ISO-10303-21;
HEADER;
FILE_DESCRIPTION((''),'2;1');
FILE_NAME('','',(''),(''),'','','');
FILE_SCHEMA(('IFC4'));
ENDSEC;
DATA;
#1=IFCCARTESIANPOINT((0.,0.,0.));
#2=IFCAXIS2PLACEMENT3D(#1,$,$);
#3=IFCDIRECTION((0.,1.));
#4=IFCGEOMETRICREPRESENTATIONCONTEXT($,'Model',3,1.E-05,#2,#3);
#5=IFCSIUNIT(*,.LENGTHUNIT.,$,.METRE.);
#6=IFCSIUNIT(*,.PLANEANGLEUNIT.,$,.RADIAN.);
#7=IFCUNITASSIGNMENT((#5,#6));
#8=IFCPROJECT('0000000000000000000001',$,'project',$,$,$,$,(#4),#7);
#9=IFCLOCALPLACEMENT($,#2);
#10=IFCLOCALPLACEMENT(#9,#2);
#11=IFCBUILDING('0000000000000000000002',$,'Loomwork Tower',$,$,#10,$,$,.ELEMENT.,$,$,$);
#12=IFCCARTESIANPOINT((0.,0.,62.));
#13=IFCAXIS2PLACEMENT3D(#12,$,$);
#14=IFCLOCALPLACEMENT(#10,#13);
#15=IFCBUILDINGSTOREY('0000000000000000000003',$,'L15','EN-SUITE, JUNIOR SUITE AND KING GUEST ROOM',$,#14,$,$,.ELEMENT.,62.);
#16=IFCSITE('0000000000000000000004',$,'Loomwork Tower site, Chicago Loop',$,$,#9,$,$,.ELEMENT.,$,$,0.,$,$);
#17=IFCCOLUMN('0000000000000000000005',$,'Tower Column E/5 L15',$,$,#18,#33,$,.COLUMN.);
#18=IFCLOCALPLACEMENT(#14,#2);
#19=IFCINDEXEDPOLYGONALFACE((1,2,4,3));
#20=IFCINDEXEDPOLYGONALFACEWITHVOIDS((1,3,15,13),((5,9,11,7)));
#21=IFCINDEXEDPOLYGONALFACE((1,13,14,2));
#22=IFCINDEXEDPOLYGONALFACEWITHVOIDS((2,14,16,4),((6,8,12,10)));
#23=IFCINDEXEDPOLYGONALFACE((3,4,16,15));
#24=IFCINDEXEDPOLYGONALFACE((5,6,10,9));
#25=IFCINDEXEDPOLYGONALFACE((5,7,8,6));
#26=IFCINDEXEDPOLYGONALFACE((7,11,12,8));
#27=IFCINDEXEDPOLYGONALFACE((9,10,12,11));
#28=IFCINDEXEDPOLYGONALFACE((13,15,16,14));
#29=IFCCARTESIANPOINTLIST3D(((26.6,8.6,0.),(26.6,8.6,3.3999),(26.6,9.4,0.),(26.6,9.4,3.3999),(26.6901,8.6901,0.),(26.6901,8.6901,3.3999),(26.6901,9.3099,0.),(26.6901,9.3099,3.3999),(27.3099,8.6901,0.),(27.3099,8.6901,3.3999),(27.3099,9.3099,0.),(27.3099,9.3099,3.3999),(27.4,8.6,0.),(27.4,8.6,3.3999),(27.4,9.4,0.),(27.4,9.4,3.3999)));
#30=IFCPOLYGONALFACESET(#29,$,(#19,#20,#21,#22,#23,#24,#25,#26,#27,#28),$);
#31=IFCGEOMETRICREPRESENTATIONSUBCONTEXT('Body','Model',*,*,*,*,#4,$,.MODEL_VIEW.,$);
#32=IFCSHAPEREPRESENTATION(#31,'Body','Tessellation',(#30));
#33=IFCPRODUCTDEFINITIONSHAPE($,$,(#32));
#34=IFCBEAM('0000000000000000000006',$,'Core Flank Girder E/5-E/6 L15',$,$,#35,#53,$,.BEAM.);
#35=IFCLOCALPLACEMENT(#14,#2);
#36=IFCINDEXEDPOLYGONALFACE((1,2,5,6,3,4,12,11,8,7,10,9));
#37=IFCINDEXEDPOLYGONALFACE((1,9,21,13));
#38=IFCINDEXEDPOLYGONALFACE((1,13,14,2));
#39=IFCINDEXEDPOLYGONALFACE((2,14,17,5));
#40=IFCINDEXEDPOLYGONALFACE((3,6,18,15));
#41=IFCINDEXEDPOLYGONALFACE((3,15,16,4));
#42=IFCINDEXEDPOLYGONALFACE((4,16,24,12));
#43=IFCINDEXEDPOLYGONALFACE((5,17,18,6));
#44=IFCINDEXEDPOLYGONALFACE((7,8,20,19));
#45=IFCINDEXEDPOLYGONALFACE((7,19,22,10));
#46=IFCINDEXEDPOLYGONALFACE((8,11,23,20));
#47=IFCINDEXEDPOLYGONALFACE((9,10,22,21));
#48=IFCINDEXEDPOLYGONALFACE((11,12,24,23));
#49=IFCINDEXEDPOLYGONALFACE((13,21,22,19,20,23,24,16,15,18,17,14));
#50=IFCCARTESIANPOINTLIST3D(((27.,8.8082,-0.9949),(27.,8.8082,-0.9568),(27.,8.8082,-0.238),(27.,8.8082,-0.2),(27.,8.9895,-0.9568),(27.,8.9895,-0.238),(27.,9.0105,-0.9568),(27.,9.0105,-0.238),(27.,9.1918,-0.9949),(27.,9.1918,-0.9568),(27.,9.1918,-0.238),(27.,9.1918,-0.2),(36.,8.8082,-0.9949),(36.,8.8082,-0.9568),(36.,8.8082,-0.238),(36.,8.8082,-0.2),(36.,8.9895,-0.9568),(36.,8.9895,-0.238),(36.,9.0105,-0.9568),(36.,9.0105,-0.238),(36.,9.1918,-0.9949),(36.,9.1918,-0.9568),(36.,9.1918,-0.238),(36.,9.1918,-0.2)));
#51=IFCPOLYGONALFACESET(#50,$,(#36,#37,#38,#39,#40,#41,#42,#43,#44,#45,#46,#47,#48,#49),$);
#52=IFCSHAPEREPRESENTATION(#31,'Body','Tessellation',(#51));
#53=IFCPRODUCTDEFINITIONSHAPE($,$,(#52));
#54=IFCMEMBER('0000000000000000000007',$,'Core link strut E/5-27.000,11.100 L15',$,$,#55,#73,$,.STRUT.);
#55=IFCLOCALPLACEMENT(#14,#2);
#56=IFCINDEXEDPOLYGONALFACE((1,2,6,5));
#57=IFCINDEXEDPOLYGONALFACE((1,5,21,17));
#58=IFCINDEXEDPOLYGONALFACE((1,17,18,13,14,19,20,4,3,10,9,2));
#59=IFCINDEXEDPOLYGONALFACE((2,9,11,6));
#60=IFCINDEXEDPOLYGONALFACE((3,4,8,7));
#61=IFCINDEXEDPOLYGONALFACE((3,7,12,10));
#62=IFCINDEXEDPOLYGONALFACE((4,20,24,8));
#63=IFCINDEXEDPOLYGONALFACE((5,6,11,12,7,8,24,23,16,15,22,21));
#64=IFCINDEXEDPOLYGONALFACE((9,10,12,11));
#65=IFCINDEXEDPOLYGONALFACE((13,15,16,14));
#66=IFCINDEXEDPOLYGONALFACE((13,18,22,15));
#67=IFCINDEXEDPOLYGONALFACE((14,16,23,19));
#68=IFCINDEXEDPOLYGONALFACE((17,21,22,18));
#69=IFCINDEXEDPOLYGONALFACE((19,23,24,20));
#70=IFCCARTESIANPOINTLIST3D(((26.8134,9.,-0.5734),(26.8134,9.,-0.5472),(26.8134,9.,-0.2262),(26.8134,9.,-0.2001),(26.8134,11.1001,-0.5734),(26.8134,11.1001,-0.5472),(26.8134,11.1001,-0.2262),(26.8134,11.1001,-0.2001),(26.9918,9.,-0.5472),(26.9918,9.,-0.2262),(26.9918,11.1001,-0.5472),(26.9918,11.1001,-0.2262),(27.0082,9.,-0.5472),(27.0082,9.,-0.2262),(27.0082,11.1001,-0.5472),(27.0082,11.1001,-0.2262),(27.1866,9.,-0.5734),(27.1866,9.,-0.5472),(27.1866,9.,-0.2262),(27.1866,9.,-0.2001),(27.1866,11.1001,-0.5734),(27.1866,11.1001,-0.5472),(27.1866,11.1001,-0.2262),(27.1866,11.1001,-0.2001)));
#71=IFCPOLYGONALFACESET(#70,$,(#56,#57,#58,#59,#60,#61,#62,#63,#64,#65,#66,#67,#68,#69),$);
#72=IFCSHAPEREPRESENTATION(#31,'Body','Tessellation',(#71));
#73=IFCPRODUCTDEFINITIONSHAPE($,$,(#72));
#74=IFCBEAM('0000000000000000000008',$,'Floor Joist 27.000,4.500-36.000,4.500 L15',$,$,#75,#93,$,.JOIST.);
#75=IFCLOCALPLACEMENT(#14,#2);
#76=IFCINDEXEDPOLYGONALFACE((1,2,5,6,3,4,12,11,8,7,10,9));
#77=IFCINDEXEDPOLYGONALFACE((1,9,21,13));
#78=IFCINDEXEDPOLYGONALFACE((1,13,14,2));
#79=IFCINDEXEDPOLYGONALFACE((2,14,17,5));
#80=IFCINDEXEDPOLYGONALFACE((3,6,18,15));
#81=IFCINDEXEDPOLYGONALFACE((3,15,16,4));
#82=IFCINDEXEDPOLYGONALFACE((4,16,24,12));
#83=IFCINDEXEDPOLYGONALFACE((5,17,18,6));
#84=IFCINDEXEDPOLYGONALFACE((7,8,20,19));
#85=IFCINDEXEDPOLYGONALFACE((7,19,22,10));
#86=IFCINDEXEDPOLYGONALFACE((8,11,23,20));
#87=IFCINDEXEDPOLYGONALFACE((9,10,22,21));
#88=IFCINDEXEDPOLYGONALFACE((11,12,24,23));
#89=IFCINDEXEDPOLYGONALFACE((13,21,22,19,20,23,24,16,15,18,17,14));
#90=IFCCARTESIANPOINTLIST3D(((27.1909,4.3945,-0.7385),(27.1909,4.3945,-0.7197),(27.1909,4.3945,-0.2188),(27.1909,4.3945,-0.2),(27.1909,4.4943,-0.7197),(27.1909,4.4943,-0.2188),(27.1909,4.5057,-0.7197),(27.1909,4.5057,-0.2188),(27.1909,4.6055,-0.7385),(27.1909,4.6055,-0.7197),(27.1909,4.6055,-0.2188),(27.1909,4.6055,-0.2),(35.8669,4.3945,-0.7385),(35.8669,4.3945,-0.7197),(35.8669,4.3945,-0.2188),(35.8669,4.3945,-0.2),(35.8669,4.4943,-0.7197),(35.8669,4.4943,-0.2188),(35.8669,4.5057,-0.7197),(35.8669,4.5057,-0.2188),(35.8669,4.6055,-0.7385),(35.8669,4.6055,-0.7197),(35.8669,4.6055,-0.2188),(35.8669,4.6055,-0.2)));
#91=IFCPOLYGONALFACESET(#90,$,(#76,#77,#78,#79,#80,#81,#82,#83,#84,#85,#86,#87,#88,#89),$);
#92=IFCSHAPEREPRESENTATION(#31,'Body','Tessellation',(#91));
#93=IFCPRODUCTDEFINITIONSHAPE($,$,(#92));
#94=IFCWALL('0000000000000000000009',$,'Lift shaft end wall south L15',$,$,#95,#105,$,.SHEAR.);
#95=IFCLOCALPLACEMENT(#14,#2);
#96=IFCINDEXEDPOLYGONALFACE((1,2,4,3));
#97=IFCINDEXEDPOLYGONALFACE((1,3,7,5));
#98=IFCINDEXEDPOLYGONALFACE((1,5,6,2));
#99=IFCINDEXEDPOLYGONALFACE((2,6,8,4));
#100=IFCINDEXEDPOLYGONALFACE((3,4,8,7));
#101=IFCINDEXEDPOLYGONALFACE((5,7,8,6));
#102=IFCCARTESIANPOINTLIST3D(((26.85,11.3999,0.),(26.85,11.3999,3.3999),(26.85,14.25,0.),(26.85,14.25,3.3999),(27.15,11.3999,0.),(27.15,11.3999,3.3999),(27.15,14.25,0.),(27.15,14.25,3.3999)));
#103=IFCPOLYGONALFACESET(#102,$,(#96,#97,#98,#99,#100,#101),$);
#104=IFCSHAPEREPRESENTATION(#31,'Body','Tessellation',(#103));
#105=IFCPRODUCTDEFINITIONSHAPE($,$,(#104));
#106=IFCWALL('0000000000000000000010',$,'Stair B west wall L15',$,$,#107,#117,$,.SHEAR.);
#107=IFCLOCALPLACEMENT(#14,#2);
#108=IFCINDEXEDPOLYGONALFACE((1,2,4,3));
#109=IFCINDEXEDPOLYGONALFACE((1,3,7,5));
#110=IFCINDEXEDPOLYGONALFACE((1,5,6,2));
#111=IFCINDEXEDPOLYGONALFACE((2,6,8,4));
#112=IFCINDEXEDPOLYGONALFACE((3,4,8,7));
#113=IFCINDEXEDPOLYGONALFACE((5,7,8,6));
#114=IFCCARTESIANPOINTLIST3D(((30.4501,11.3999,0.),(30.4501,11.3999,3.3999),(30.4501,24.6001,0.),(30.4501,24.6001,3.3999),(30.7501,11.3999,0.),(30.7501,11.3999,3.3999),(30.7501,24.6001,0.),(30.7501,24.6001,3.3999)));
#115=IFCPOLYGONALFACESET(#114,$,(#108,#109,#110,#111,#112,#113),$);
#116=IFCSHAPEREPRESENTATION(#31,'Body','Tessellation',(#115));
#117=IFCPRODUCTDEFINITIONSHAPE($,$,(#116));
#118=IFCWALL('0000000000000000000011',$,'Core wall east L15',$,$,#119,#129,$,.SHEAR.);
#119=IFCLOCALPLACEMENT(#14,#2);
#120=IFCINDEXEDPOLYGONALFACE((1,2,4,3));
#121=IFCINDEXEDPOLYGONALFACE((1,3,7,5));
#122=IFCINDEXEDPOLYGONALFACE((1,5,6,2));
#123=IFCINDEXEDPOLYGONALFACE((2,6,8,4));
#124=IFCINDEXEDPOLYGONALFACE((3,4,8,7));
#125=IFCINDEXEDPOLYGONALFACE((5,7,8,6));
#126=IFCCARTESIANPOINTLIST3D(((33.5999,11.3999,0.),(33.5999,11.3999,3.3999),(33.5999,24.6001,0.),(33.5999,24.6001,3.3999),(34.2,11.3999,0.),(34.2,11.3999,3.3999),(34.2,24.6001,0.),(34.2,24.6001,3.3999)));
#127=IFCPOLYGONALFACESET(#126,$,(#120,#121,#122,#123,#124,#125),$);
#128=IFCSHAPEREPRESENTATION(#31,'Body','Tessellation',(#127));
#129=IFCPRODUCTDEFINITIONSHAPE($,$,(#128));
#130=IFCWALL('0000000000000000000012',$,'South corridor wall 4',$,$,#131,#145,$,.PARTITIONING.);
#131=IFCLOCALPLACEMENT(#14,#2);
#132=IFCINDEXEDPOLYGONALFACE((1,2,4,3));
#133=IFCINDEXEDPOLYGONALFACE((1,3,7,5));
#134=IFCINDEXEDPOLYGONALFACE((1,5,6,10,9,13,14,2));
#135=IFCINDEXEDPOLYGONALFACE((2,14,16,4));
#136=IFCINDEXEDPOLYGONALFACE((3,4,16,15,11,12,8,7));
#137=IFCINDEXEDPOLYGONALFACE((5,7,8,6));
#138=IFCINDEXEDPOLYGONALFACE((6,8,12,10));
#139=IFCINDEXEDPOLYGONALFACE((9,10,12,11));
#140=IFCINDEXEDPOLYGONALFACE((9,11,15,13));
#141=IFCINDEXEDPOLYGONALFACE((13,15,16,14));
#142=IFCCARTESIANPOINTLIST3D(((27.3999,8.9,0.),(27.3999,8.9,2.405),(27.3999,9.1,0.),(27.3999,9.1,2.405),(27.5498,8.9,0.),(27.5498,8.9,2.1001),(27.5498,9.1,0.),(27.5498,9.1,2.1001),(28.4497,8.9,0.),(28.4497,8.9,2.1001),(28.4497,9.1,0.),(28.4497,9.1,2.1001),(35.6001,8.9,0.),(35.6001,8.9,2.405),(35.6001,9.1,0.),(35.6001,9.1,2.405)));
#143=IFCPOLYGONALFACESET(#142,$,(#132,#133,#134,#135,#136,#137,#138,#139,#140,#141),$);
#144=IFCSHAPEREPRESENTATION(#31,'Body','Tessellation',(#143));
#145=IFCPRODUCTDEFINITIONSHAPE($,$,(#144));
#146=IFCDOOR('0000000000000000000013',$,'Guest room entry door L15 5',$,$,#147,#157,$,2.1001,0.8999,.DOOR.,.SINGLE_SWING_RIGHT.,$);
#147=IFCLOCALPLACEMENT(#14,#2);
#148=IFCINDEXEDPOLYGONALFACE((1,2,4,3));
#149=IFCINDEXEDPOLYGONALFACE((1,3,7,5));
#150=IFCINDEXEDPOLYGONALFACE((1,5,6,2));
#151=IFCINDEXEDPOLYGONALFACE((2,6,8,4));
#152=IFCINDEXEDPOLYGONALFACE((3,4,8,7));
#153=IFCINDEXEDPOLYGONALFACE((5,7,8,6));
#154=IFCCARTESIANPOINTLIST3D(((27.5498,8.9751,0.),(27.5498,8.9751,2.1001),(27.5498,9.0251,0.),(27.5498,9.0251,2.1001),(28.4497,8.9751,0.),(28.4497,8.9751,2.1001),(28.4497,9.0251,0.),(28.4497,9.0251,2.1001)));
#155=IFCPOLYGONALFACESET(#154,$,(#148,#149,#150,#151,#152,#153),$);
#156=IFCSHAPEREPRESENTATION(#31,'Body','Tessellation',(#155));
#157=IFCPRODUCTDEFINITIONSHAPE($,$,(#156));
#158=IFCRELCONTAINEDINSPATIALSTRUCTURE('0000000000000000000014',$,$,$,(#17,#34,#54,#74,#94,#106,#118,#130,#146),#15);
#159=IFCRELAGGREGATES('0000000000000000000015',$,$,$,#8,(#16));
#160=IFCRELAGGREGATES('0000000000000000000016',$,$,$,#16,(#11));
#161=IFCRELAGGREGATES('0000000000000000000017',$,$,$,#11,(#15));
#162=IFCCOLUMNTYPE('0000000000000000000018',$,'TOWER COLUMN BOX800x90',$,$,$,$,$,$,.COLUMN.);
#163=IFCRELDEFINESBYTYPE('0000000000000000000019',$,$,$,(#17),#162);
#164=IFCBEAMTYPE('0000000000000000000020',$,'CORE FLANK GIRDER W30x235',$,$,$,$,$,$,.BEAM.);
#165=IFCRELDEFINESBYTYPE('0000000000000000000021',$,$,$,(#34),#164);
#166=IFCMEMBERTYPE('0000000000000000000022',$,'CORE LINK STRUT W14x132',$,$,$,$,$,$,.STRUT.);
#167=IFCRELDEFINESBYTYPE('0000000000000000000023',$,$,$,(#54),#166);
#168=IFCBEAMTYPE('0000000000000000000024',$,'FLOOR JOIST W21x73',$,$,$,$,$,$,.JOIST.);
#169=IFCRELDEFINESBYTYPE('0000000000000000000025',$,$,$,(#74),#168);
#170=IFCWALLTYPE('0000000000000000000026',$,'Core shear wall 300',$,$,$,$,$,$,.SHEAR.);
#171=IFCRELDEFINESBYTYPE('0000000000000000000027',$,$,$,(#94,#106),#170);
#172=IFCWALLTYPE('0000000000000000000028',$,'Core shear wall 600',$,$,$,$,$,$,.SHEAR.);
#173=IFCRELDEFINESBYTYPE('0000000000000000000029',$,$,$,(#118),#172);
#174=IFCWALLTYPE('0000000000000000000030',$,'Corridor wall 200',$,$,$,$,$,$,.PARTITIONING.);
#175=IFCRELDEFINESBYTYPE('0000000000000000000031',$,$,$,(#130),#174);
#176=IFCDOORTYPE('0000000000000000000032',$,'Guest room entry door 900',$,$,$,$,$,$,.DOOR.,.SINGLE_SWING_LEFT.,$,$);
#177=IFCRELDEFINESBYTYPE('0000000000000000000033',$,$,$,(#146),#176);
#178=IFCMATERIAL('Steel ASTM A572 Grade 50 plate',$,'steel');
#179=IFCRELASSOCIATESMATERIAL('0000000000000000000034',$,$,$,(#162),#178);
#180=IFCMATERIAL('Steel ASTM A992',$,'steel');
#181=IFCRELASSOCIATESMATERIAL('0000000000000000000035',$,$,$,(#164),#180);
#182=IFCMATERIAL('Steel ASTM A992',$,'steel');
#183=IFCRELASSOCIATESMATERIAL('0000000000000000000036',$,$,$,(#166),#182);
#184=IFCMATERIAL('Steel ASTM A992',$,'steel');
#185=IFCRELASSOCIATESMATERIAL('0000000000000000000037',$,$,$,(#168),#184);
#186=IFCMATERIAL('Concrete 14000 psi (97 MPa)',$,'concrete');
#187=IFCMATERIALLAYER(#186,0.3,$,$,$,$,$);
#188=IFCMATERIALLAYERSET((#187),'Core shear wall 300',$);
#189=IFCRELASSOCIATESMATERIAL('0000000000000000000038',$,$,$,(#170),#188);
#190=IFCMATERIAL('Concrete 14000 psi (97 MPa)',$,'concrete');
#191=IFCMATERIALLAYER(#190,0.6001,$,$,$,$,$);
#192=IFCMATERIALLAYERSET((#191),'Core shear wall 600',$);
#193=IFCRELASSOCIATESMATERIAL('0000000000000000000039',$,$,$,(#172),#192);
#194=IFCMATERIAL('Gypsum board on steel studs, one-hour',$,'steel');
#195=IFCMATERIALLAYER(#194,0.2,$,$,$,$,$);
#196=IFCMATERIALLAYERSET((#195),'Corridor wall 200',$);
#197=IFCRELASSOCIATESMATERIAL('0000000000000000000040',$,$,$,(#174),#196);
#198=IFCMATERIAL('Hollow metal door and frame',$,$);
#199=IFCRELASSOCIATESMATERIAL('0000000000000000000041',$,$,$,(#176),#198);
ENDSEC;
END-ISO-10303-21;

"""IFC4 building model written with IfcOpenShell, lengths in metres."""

from ifc_helpers import new_model, si_unit, direction, frame, frame_2d, origin, origin_2d, place, context, subcontext, project, spatial, rectangle, hollow_rectangle, i_section, extrude, material, layer, layer_set, material_profile, profile_set, type_object, element, fill, save


model = new_model("IFC4")

# Units and contexts
model_context = context("Model", 3, precision=1e-05, world=origin(), true_north=direction((0.0, 1.0)))
body_context = subcontext(model_context, "Body", "Model", "MODEL_VIEW")
ifc_project = project(units=[si_unit("LENGTHUNIT", "METRE"), si_unit("PLANEANGLEUNIT", "RADIAN")], contexts=[model_context])

# Site, building, storey
site_placement = place(None, origin())
site = spatial("IfcSite", under=ifc_project, at=site_placement, Name="Loomwork Tower site, Chicago Loop", CompositionType="ELEMENT", RefElevation=0.0)
building_placement = place(site_placement, origin())
building = spatial("IfcBuilding", under=site, at=building_placement, Name="Loomwork Tower", CompositionType="ELEMENT")
storey_placement = place(building_placement, frame((0.0, 0.0, 62.0)))
storey = spatial("IfcBuildingStorey", under=building, at=storey_placement, Name="L15", Description="EN-SUITE, JUNIOR SUITE AND KING GUEST ROOM", CompositionType="ELEMENT", Elevation=62.0)

# Column
ifc_material_1 = material(Name="Steel ASTM A572 Grade 50 plate", Category="steel")
ifc_material_profile_1 = material_profile(ifc_material_1, hollow_rectangle(XDim=0.8, YDim=0.8, WallThickness=0.0901, at=origin_2d()), Name="BOX800x90")
ifc_profile_set_1 = profile_set([ifc_material_profile_1], Name="Steel ASTM A572 Grade 50 plate")
column_type = type_object("IfcColumnType", Name="TOWER COLUMN BOX800x90", PredefinedType="COLUMN", material=ifc_profile_set_1)
column_placement = place(storey_placement, frame((27.0, 9.0, 0.0), z_axis=(0.0, 0.0, 1.0), x_axis=(1.0, 0.0, 0.0)))
element("IfcColumn", 1, at=column_placement, inside=storey, type_object=column_type, Name="Tower Column E/5 L15", PredefinedType="COLUMN", context=body_context, shape_type="SweptSolid", body=[
    extrude(hollow_rectangle(XDim=0.8, YDim=0.8, WallThickness=0.0901, at=origin_2d()), origin(), (0.0, 0.0, 1.0), 3.3999),
])

# Beam
ifc_material_2 = material(Name="Steel ASTM A992", Category="steel")
ifc_material_profile_2 = material_profile(ifc_material_2, i_section(OverallWidth=0.3835, OverallDepth=0.7949, WebThickness=0.021, FlangeThickness=0.0381, at=origin_2d()), Name="W30x235")
ifc_profile_set_2 = profile_set([ifc_material_profile_2], Name="Steel ASTM A992")
beam_type_1 = type_object("IfcBeamType", Name="CORE FLANK GIRDER W30x235", PredefinedType="BEAM", material=ifc_profile_set_2)
beam_1_placement = place(storey_placement, frame((27.0, 9.0, -0.5974), z_axis=(1.0, 0.0, 0.0), x_axis=(0.0, 1.0, 0.0)))
element("IfcBeam", 2, at=beam_1_placement, inside=storey, type_object=beam_type_1, Name="Core Flank Girder E/5-E/6 L15", PredefinedType="BEAM", context=body_context, shape_type="SweptSolid", body=[
    extrude(i_section(OverallWidth=0.3835, OverallDepth=0.7949, WebThickness=0.021, FlangeThickness=0.0381, at=origin_2d()), origin(), (0.0, 0.0, 1.0), 9.0),
])

# Member
ifc_material_3 = material(Name="Steel ASTM A992", Category="steel")
ifc_material_profile_3 = material_profile(ifc_material_3, i_section(OverallWidth=0.3733, OverallDepth=0.3733, WebThickness=0.0164, FlangeThickness=0.0261, at=origin_2d()), Name="W14x132")
ifc_profile_set_3 = profile_set([ifc_material_profile_3], Name="Steel ASTM A992")
member_type = type_object("IfcMemberType", Name="CORE LINK STRUT W14x132", PredefinedType="STRUT", material=ifc_profile_set_3)
member_placement = place(storey_placement, frame((27.0, 9.0, -0.3867), z_axis=(0.0, 1.0, 0.0), x_axis=(-1.0, 0.0, 0.0)))
element("IfcMember", 3, at=member_placement, inside=storey, type_object=member_type, Name="Core link strut E/5-27.000,11.100 L15", PredefinedType="STRUT", context=body_context, shape_type="SweptSolid", body=[
    extrude(i_section(OverallWidth=0.3733, OverallDepth=0.3733, WebThickness=0.0164, FlangeThickness=0.0261, at=origin_2d()), origin(), (0.0, 0.0, 1.0), 2.1001),
])

# Beam
ifc_material_4 = material(Name="Steel ASTM A992", Category="steel")
ifc_material_profile_4 = material_profile(ifc_material_4, i_section(OverallWidth=0.2109, OverallDepth=0.5386, WebThickness=0.0115, FlangeThickness=0.0188, at=origin_2d()), Name="W21x73")
ifc_profile_set_4 = profile_set([ifc_material_profile_4], Name="Steel ASTM A992")
beam_type_2 = type_object("IfcBeamType", Name="FLOOR JOIST W21x73", PredefinedType="JOIST", material=ifc_profile_set_4)
beam_2_placement = place(storey_placement, frame((27.1909, 4.5, -0.4692), z_axis=(1.0, 0.0, 0.0), x_axis=(0.0, 1.0, 0.0)))
element("IfcBeam", 4, at=beam_2_placement, inside=storey, type_object=beam_type_2, Name="Floor Joist 27.000,4.500-36.000,4.500 L15", PredefinedType="JOIST", context=body_context, shape_type="SweptSolid", body=[
    extrude(i_section(OverallWidth=0.2109, OverallDepth=0.5386, WebThickness=0.0115, FlangeThickness=0.0188, at=origin_2d()), origin(), (0.0, 0.0, 1.0), 8.676),
])

# Walls
ifc_material_5 = material(Name="Concrete 14000 psi (97 MPa)", Category="concrete")
ifc_layer_1 = layer(ifc_material_5, 0.3)
ifc_layer_set_1 = layer_set([ifc_layer_1], Name="Core shear wall 300")
wall_type_1 = type_object("IfcWallType", Name="Core shear wall 300", PredefinedType="SHEAR", material=ifc_layer_set_1)
wall_1_placement = place(storey_placement, frame((27.0, 11.3999, 0.0), z_axis=(0.0, 0.0, 1.0), x_axis=(0.0, 1.0, 0.0)))
element("IfcWall", 5, at=wall_1_placement, inside=storey, type_object=wall_type_1, Name="Lift shaft end wall south L15", PredefinedType="SHEAR", context=body_context, shape_type="SweptSolid", body=[
    extrude(rectangle(XDim=2.8501, YDim=0.3, at=frame_2d((1.425, 0.0))), origin(), (0.0, 0.0, 1.0), 3.3999),
])
wall_2_placement = place(storey_placement, frame((30.6001, 11.3999, 0.0), z_axis=(0.0, 0.0, 1.0), x_axis=(0.0, 1.0, 0.0)))
element("IfcWall", 6, at=wall_2_placement, inside=storey, type_object=wall_type_1, Name="Stair B west wall L15", PredefinedType="SHEAR", context=body_context, shape_type="SweptSolid", body=[
    extrude(rectangle(XDim=13.2002, YDim=0.3, at=frame_2d((6.6001, 0.0))), origin(), (0.0, 0.0, 1.0), 3.3999),
])
ifc_material_6 = material(Name="Concrete 14000 psi (97 MPa)", Category="concrete")
ifc_layer_2 = layer(ifc_material_6, 0.6001)
ifc_layer_set_2 = layer_set([ifc_layer_2], Name="Core shear wall 600")
wall_type_2 = type_object("IfcWallType", Name="Core shear wall 600", PredefinedType="SHEAR", material=ifc_layer_set_2)
wall_3_placement = place(storey_placement, frame((33.8999, 11.3999, 0.0), z_axis=(0.0, 0.0, 1.0), x_axis=(0.0, 1.0, 0.0)))
element("IfcWall", 7, at=wall_3_placement, inside=storey, type_object=wall_type_2, Name="Core wall east L15", PredefinedType="SHEAR", context=body_context, shape_type="SweptSolid", body=[
    extrude(rectangle(XDim=13.2002, YDim=0.6001, at=frame_2d((6.6001, 0.0))), origin(), (0.0, 0.0, 1.0), 3.3999),
])

# Wall, opening, door
ifc_material_7 = material(Name="Gypsum board on steel studs, one-hour", Category="steel")
ifc_layer_3 = layer(ifc_material_7, 0.2)
ifc_layer_set_3 = layer_set([ifc_layer_3], Name="Corridor wall 200")
wall_type_3 = type_object("IfcWallType", Name="Corridor wall 200", PredefinedType="PARTITIONING", material=ifc_layer_set_3)
wall_4_placement = place(storey_placement, frame((27.3999, 9.0, 0.0), z_axis=(0.0, 0.0, 1.0), x_axis=(1.0, 0.0, 0.0)))
wall_4 = element("IfcWall", 8, at=wall_4_placement, inside=storey, type_object=wall_type_3, Name="South corridor wall 4", PredefinedType="PARTITIONING", context=body_context, shape_type="SweptSolid", body=[
    extrude(rectangle(XDim=8.2002, YDim=0.2, at=frame_2d((4.1001, 0.0))), origin(), (0.0, 0.0, 1.0), 2.405),
])
opening_1_placement = place(wall_4_placement, frame((0.1499, 0.0, 0.0)))
opening_1 = element("IfcOpeningElement", 9, at=opening_1_placement, cuts=wall_4, PredefinedType="OPENING", context=body_context, shape_type="SweptSolid", body=[
    extrude(rectangle(XDim=0.8999, YDim=2.1001, at=frame_2d((0.45, 1.05))), frame((0.0, 0.1099, 0.0), z_axis=(0.0, -1.0, 0.0), x_axis=(1.0, 0.0, 0.0)), (0.0, 0.0, 1.0), 0.22),
])
ifc_material_8 = material(Name="Hollow metal door and frame")
door_type_1 = type_object("IfcDoorType", Name="Guest room entry door 900", OperationType="SINGLE_SWING_LEFT", PredefinedType="DOOR", material=ifc_material_8)
door_1_placement = place(opening_1_placement, frame((0.8999, 0.0, 0.0), z_axis=(0.0, 0.0, 1.0), x_axis=(-1.0, 0.0, 0.0)))
door_1 = element("IfcDoor", 10, at=door_1_placement, inside=storey, type_object=door_type_1, Name="Guest room entry door L15 5", OperationType="SINGLE_SWING_RIGHT", OverallHeight=2.1001, OverallWidth=0.8999, PredefinedType="DOOR", context=body_context, shape_type="SweptSolid", body=[
    extrude(rectangle(XDim=0.8999, YDim=2.1001, at=frame_2d((0.45, 1.05))), frame((0.0, 0.0249, 0.0), z_axis=(0.0, -1.0, 0.0), x_axis=(1.0, 0.0, 0.0)), (0.0, 0.0, 1.0), 0.05),
])
fill(opening_1, door_1)

save(model, "model.ifc")
